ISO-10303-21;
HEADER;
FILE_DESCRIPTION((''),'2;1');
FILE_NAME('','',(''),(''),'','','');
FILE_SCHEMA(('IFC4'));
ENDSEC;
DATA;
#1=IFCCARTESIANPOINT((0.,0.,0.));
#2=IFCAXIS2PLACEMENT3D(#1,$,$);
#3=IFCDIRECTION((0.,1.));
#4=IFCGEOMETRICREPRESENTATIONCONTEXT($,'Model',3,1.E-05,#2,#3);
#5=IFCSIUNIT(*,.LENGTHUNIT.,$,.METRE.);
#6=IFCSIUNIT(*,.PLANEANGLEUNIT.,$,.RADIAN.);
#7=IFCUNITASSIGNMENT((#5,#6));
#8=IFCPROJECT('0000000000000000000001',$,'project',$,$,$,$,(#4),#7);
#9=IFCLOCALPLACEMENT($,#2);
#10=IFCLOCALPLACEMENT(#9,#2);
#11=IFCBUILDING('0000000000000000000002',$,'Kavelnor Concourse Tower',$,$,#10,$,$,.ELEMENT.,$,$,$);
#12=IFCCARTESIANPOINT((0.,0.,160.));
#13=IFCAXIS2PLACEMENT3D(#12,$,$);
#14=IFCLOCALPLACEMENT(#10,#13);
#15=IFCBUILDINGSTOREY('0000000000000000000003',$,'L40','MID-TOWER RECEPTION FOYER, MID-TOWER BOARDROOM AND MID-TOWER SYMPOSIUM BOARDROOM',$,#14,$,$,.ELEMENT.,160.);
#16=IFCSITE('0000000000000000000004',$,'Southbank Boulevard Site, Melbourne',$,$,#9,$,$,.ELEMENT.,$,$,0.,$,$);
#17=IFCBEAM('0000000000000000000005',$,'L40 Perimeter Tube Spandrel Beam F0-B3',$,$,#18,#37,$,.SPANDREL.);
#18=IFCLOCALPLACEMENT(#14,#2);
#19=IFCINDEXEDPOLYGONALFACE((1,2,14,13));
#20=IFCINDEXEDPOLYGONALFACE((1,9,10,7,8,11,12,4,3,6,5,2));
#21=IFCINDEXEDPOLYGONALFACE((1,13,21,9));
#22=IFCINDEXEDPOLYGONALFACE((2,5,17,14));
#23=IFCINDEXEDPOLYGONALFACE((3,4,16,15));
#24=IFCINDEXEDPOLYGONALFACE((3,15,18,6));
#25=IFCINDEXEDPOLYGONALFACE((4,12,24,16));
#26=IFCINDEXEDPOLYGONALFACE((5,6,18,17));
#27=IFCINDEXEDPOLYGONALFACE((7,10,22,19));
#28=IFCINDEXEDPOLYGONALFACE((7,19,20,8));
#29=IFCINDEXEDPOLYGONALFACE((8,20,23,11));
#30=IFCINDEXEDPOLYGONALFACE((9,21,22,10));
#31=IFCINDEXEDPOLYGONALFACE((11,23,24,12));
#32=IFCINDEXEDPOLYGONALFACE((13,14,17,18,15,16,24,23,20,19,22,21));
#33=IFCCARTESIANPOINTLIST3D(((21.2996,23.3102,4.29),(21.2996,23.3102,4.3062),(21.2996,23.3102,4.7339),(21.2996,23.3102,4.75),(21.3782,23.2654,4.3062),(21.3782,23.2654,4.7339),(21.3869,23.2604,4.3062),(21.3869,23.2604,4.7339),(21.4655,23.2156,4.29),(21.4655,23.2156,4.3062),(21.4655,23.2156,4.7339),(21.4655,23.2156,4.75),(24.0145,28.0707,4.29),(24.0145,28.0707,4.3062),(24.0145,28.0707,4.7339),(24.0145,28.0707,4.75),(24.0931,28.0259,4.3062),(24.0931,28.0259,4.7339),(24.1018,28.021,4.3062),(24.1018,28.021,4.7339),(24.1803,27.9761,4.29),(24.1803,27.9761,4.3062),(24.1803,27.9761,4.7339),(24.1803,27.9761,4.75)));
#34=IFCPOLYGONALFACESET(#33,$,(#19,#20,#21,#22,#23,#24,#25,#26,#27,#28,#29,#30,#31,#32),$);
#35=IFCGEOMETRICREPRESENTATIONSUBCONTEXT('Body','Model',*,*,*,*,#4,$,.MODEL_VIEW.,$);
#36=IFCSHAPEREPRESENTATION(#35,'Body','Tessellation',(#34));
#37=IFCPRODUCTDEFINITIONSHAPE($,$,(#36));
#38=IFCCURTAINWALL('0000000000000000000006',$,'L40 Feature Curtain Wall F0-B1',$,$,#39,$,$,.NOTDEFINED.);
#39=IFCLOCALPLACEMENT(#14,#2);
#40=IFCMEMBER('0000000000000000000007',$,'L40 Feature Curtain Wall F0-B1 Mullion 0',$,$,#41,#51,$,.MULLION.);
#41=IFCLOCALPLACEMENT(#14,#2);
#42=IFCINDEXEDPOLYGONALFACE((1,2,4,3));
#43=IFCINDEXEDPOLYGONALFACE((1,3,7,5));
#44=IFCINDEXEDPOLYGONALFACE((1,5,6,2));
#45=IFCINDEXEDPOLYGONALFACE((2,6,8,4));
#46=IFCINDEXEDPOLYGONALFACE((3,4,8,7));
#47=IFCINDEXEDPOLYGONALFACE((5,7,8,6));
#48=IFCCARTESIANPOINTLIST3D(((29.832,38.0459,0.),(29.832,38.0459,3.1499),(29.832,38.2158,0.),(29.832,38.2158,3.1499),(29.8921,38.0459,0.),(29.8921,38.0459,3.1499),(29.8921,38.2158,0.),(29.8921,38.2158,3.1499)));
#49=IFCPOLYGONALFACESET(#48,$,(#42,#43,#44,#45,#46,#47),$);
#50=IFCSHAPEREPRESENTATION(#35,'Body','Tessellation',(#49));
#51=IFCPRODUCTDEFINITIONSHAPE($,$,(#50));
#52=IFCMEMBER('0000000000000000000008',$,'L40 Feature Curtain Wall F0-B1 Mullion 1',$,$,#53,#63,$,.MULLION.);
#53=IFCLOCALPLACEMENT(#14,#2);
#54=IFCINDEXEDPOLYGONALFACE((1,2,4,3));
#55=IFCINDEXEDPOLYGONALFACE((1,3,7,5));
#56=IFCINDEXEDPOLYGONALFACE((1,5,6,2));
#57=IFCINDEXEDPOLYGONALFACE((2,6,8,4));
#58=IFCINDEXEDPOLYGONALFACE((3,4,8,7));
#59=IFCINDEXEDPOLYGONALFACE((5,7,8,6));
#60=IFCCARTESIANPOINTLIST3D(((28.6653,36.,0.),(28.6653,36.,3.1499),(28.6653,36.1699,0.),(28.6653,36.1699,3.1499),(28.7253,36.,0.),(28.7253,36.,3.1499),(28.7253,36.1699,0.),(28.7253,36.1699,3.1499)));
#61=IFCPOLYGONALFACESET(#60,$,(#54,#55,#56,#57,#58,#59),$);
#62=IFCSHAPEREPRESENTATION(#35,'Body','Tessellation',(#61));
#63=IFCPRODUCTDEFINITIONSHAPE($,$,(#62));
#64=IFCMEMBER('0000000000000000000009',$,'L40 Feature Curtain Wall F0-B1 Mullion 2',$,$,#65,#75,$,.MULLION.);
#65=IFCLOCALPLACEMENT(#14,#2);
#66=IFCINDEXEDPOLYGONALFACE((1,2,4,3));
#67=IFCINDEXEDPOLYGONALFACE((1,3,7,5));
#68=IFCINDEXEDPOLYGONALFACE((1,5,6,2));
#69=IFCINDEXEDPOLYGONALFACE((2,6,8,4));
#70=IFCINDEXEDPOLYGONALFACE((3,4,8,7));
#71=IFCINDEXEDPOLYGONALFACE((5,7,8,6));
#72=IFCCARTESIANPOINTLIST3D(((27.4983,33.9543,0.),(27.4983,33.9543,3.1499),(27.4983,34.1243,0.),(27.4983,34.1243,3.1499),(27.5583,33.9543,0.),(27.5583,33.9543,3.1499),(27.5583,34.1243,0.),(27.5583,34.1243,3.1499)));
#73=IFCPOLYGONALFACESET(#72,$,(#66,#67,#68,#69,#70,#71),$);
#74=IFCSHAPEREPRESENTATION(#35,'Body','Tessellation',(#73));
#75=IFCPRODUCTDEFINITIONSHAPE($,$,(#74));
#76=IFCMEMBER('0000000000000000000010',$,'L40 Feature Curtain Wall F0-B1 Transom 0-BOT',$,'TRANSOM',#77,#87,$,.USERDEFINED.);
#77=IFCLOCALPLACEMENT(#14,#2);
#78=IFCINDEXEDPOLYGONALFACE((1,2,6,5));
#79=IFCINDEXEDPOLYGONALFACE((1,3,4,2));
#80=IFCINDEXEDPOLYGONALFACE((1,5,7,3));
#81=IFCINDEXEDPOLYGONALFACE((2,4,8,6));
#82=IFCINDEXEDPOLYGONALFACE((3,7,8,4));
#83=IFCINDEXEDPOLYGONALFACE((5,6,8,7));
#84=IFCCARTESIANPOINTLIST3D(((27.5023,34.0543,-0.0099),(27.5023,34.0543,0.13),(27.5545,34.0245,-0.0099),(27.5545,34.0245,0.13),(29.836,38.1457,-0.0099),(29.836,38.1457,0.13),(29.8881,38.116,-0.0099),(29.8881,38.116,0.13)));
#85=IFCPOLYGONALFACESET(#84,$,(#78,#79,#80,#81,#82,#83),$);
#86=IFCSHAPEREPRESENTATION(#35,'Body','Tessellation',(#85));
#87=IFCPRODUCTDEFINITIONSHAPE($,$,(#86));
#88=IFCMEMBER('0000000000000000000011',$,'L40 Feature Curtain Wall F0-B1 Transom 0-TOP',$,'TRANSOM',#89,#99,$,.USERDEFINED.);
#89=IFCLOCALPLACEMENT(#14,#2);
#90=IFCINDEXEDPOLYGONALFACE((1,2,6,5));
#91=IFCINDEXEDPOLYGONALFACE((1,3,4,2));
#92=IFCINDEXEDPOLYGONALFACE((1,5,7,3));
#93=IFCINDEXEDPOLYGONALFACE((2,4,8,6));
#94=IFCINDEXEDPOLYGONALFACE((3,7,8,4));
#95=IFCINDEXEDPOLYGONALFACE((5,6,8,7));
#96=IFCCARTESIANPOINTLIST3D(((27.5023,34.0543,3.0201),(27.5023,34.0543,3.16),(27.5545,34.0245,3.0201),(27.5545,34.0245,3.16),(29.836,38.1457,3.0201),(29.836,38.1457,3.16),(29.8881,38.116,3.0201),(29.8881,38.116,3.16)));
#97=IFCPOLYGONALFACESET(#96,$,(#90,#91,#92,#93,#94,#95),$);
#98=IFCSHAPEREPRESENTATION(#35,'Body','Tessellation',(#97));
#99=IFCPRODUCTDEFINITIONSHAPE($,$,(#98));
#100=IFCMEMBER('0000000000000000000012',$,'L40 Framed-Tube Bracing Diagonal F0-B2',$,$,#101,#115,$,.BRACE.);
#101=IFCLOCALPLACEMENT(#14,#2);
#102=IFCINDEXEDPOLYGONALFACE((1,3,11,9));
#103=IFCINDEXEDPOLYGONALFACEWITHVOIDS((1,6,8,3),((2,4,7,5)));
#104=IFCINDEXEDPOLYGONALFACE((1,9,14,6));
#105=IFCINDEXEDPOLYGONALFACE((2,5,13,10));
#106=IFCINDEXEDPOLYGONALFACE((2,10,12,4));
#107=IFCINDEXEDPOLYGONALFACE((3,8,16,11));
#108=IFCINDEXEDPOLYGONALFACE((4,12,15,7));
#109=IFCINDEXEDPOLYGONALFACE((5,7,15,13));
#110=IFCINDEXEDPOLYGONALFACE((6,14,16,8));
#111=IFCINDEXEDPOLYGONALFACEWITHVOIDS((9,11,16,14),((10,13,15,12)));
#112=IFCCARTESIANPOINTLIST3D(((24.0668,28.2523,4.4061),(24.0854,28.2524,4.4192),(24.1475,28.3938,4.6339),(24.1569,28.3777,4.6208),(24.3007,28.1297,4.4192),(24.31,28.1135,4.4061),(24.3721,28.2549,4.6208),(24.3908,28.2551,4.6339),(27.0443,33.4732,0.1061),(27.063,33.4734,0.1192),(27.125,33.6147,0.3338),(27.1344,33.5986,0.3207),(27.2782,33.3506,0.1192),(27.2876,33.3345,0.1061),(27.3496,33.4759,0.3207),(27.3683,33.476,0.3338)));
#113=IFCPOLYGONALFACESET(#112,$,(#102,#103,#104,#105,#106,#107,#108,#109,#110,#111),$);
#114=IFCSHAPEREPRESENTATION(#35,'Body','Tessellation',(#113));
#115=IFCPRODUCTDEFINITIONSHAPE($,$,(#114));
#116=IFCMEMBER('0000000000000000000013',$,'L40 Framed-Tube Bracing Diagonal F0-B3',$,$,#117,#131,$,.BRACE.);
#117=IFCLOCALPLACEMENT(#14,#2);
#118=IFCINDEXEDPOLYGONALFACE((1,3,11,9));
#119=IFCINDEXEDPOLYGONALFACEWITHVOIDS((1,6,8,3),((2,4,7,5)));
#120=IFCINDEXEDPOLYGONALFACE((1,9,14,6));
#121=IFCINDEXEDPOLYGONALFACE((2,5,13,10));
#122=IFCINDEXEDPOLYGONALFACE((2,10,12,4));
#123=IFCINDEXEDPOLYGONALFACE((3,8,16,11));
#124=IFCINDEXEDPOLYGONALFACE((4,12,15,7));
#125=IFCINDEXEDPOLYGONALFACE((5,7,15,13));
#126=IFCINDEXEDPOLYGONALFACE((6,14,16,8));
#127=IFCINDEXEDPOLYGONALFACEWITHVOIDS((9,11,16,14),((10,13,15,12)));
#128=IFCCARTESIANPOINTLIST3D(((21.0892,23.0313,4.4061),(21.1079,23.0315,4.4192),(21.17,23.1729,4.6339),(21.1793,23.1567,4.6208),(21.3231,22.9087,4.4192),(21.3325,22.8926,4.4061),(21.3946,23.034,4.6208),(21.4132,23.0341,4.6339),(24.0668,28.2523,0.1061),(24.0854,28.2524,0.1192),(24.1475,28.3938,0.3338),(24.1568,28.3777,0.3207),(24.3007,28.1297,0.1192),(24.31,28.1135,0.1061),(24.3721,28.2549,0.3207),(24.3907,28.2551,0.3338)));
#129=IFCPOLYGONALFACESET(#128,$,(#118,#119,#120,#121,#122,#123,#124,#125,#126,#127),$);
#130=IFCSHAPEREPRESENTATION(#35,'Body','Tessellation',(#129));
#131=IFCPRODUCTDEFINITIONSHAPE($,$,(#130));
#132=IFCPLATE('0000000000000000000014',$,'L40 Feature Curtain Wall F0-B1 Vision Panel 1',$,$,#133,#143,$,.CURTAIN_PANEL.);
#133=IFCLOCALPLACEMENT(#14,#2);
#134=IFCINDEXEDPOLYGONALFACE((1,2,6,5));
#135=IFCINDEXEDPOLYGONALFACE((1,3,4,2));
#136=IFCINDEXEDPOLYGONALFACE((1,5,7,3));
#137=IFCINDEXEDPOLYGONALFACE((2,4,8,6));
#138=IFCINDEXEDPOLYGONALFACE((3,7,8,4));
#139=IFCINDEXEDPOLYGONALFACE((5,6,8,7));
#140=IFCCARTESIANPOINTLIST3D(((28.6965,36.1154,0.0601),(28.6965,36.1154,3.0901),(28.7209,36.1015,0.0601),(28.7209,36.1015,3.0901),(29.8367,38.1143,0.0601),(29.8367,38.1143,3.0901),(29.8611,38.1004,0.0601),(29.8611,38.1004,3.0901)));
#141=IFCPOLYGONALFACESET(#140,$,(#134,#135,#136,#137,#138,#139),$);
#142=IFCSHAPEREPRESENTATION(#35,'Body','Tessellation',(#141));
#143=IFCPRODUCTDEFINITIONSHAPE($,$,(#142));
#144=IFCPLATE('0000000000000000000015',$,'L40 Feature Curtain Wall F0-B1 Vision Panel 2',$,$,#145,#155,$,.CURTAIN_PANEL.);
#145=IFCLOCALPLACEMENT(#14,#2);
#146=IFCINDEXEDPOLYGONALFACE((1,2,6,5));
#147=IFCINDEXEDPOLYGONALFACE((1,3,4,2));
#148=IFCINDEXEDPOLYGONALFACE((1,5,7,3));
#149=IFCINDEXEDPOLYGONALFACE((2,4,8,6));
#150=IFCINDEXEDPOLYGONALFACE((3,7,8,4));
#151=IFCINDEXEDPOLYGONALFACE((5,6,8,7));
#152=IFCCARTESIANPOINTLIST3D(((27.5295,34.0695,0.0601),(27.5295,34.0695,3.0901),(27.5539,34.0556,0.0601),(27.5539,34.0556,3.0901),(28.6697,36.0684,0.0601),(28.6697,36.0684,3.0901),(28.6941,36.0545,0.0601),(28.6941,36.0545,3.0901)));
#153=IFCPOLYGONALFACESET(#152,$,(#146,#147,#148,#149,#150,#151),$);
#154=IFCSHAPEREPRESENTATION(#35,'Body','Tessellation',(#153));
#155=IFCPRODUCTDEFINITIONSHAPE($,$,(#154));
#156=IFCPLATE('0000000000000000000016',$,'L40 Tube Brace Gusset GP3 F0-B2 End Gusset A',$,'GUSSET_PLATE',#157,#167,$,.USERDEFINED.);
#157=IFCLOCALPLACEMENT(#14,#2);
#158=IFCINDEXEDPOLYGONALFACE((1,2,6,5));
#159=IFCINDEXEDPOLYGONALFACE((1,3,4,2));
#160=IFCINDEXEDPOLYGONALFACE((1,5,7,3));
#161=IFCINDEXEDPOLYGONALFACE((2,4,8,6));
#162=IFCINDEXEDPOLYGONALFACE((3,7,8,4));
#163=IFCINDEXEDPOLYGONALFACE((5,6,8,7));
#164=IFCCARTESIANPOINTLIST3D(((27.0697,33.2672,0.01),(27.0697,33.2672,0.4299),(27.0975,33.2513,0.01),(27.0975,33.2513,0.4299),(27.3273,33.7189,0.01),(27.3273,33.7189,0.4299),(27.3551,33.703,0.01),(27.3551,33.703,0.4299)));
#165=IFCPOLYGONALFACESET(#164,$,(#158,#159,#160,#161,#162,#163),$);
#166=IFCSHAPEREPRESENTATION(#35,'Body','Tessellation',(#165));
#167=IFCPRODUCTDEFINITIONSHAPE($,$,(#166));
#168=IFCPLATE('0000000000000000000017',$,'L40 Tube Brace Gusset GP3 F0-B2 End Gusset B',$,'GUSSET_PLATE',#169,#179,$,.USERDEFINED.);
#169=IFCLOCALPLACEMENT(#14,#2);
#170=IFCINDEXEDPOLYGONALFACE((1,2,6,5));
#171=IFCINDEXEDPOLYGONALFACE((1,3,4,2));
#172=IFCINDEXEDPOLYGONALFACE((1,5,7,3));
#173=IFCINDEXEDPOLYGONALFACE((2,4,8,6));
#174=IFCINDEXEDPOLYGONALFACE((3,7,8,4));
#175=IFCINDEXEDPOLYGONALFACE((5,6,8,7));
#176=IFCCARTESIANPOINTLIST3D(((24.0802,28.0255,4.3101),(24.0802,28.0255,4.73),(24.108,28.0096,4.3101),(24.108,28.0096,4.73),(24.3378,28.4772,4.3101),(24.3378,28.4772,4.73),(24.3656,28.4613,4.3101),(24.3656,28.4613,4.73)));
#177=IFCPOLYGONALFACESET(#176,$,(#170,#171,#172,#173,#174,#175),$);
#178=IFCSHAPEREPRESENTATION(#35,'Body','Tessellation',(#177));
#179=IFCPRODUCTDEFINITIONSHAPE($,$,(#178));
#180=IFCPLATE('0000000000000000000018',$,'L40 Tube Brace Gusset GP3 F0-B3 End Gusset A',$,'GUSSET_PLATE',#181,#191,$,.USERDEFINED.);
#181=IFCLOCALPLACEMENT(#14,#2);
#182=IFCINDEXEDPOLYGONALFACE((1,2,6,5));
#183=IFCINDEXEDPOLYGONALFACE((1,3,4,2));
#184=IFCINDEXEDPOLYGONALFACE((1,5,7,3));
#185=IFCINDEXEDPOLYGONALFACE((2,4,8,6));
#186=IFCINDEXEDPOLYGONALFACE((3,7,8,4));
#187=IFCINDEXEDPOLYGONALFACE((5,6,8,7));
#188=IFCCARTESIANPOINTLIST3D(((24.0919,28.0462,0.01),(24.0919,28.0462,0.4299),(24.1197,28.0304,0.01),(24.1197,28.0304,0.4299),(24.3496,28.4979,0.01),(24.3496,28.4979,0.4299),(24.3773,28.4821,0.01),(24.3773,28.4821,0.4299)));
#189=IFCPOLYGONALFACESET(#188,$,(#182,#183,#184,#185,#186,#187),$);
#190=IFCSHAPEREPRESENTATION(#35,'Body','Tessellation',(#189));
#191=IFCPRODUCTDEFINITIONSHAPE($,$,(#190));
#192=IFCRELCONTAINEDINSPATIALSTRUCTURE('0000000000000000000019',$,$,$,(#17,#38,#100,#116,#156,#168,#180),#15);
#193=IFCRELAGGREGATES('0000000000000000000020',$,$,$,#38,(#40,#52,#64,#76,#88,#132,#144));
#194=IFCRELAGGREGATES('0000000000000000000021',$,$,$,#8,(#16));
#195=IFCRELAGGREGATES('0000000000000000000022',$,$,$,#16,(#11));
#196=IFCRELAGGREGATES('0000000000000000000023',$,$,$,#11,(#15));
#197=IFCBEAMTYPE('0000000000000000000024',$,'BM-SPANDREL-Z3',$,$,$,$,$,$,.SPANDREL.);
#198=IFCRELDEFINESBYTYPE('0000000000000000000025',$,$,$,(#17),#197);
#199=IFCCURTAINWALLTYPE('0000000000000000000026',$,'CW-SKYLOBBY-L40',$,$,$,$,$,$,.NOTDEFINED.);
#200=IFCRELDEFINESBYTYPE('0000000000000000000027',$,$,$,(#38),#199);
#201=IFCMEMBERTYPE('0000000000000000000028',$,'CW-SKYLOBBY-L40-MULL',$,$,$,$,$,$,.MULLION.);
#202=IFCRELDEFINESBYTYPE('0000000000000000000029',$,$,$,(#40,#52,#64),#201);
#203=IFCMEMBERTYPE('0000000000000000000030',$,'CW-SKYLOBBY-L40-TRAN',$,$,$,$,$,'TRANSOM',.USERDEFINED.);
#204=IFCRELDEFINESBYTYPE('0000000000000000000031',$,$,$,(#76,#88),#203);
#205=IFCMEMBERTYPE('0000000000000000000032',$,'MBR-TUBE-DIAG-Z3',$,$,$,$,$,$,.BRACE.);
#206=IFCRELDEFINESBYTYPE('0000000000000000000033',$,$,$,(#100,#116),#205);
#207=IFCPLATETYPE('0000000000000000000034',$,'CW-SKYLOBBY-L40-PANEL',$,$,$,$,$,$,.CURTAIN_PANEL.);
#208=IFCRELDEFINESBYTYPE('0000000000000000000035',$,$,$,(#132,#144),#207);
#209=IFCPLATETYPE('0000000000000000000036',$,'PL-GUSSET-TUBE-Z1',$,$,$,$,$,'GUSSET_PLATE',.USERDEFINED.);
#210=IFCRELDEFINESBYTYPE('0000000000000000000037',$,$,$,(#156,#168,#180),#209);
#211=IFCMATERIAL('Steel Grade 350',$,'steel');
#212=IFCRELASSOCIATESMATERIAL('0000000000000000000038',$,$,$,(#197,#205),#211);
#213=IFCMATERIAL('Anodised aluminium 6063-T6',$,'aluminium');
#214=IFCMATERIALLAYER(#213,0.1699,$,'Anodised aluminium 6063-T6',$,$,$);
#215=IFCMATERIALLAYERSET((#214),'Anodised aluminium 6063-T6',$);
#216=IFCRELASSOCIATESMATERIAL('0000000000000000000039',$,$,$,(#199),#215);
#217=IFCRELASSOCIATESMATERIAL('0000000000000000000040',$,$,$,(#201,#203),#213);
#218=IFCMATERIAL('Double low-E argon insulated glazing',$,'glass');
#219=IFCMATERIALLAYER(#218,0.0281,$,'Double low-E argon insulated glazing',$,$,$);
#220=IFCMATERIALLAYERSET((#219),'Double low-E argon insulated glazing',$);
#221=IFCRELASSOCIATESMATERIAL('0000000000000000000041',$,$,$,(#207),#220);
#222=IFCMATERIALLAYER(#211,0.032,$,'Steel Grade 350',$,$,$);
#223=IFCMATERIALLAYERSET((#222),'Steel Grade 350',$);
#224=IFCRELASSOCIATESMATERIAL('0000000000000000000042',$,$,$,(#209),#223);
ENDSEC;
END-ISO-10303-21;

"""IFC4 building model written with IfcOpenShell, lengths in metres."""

from ifc_helpers import new_model, si_unit, direction, frame, origin, origin_2d, place, context, subcontext, project, spatial, rectangle, hollow_rectangle, i_section, extrude, material, layer, layer_set, material_profile, profile_set, type_object, element, aggregate, save


model = new_model("IFC4")

# Units and contexts
model_context = context("Model", 3, precision=1e-05, world=origin(), true_north=direction((0.0, 1.0)))
body_context = subcontext(model_context, "Body", "Model", "MODEL_VIEW")
ifc_project = project(units=[si_unit("LENGTHUNIT", "METRE"), si_unit("PLANEANGLEUNIT", "RADIAN")], contexts=[model_context])

# Site, building, storey
site_placement = place(None, origin())
site = spatial("IfcSite", under=ifc_project, at=site_placement, Name="Southbank Boulevard Site, Melbourne", CompositionType="ELEMENT", RefElevation=0.0)
building_placement = place(site_placement, origin())
building = spatial("IfcBuilding", under=site, at=building_placement, Name="Kavelnor Concourse Tower", CompositionType="ELEMENT")
storey_placement = place(building_placement, frame((0.0, 0.0, 160.0)))
storey = spatial("IfcBuildingStorey", under=building, at=storey_placement, Name="L40", Description="MID-TOWER RECEPTION FOYER, MID-TOWER BOARDROOM AND MID-TOWER SYMPOSIUM BOARDROOM", CompositionType="ELEMENT", Elevation=160.0)

# Shared definitions
ifc_material_1 = material(Name="Steel Grade 350", Category="steel")

# Beam
ifc_material_profile_1 = material_profile(ifc_material_1, i_section(OverallWidth=0.1909, OverallDepth=0.46, WebThickness=0.01, FlangeThickness=0.0161, at=origin_2d()), Name="460UB82")
ifc_profile_set_1 = profile_set([ifc_material_profile_1], Name="Steel Grade 350")
beam_type_1 = type_object("IfcBeamType", Name="BM-SPANDREL-Z3", PredefinedType="SPANDREL", material=ifc_profile_set_1)
for number, where, z_axis, x_axis, name in (
    (1, (24.0974, 28.0234, 4.52), (-0.49539, -0.86867, 0.0), (0.86867, -0.49539, 0.0), "L40 Perimeter Tube Spandrel Beam F0-B3"),
):
    element("IfcBeam", number, at=place(storey_placement, frame(where, z_axis=z_axis, x_axis=x_axis)), inside=storey, type_object=beam_type_1, Name=name, PredefinedType="SPANDREL", context=body_context, shape_type="SweptSolid", body=[
        extrude(i_section(OverallWidth=0.1909, OverallDepth=0.46, WebThickness=0.01, FlangeThickness=0.0161, at=origin_2d()), origin(), (0.0, 0.0, 1.0), 5.4802),
    ])

# Curtain wall, members
ifc_material_2 = material(Name="Anodised aluminium 6063-T6", Category="aluminium")
ifc_layer_1 = layer(ifc_material_2, 0.1699, Name="Anodised aluminium 6063-T6")
ifc_layer_set_1 = layer_set([ifc_layer_1], Name="Anodised aluminium 6063-T6")
curtain_wall_type = type_object("IfcCurtainWallType", Name="CW-SKYLOBBY-L40", PredefinedType="NOTDEFINED", material=ifc_layer_set_1)
curtain_wall_placement = place(storey_placement, origin())
curtain_wall = element("IfcCurtainWall", 2, at=curtain_wall_placement, inside=storey, type_object=curtain_wall_type, Name="L40 Feature Curtain Wall F0-B1", PredefinedType="NOTDEFINED")
ifc_material_profile_2 = material_profile(ifc_material_2, rectangle(XDim=0.0601, YDim=0.1699, at=origin_2d()), Name="AL-MULL 60x170")
ifc_profile_set_2 = profile_set([ifc_material_profile_2], Name="Anodised aluminium 6063-T6")
member_type_1 = type_object("IfcMemberType", Name="CW-SKYLOBBY-L40-MULL", PredefinedType="MULLION", material=ifc_profile_set_2)
member_1_placement = place(storey_placement, frame((29.8621, 38.1309, 0.0), z_axis=(0.0, 0.0, 1.0), x_axis=(1.0, 0.0, 0.0)))
member_1 = element("IfcMember", 3, at=member_1_placement, type_object=member_type_1, Name="L40 Feature Curtain Wall F0-B1 Mullion 0", PredefinedType="MULLION", context=body_context, shape_type="SweptSolid", body=[
    extrude(rectangle(XDim=0.0601, YDim=0.1699, at=origin_2d()), origin(), (0.0, 0.0, 1.0), 3.1499),
])
member_2_placement = place(storey_placement, frame((28.6953, 36.085, 0.0), z_axis=(0.0, 0.0, 1.0), x_axis=(1.0, 0.0, 0.0)))
member_2 = element("IfcMember", 4, at=member_2_placement, type_object=member_type_1, Name="L40 Feature Curtain Wall F0-B1 Mullion 1", PredefinedType="MULLION", context=body_context, shape_type="SweptSolid", body=[
    extrude(rectangle(XDim=0.0601, YDim=0.1699, at=origin_2d()), origin(), (0.0, 0.0, 1.0), 3.1499),
])
member_3_placement = place(storey_placement, frame((27.5283, 34.0393, 0.0), z_axis=(0.0, 0.0, 1.0), x_axis=(1.0, 0.0, 0.0)))
member_3 = element("IfcMember", 5, at=member_3_placement, type_object=member_type_1, Name="L40 Feature Curtain Wall F0-B1 Mullion 2", PredefinedType="MULLION", context=body_context, shape_type="SweptSolid", body=[
    extrude(rectangle(XDim=0.0601, YDim=0.1699, at=origin_2d()), origin(), (0.0, 0.0, 1.0), 3.1499),
])
ifc_material_profile_3 = material_profile(ifc_material_2, rectangle(XDim=0.0601, YDim=0.1399, at=origin_2d()), Name="AL-TRAN 60x140")
ifc_profile_set_3 = profile_set([ifc_material_profile_3], Name="Anodised aluminium 6063-T6")
member_type_2 = type_object("IfcMemberType", Name="CW-SKYLOBBY-L40-TRAN", ElementType="TRANSOM", PredefinedType="USERDEFINED", material=ifc_profile_set_3)
member_4_placement = place(storey_placement, frame((29.8621, 38.1309, 0.0601), z_axis=(-0.495452, -0.868635, 0.0), x_axis=(0.868635, -0.495452, 0.0)))
member_4 = element("IfcMember", 6, at=member_4_placement, type_object=member_type_2, Name="L40 Feature Curtain Wall F0-B1 Transom 0-BOT", ObjectType="TRANSOM", PredefinedType="USERDEFINED", context=body_context, shape_type="SweptSolid", body=[
    extrude(rectangle(XDim=0.0601, YDim=0.1399, at=origin_2d()), origin(), (0.0, 0.0, 1.0), 4.7102),
])
member_5_placement = place(storey_placement, frame((29.8621, 38.1309, 3.0901), z_axis=(-0.495452, -0.868635, 0.0), x_axis=(0.868635, -0.495452, 0.0)))
member_5 = element("IfcMember", 7, at=member_5_placement, type_object=member_type_2, Name="L40 Feature Curtain Wall F0-B1 Transom 0-TOP", ObjectType="TRANSOM", PredefinedType="USERDEFINED", context=body_context, shape_type="SweptSolid", body=[
    extrude(rectangle(XDim=0.0601, YDim=0.1399, at=origin_2d()), origin(), (0.0, 0.0, 1.0), 4.7102),
])

# Members
ifc_material_profile_4 = material_profile(ifc_material_1, hollow_rectangle(XDim=0.28, YDim=0.28, WallThickness=0.0161, at=origin_2d()), Name="SHS 280x280x16")
ifc_profile_set_4 = profile_set([ifc_material_profile_4], Name="Steel Grade 350")
member_type_3 = type_object("IfcMemberType", Name="MBR-TUBE-DIAG-Z3", PredefinedType="BRACE", material=ifc_profile_set_4)
for number, where, z_axis, x_axis, name in (
    (8, (27.2063, 33.4746, 0.22), (-0.402906, -0.706473, 0.581861), (0.868663, -0.495404, 0.0), "L40 Framed-Tube Bracing Diagonal F0-B2"),
    (9, (24.2288, 28.2537, 0.22), (-0.402906, -0.706473, 0.581861), (0.868663, -0.495404, 0.0), "L40 Framed-Tube Bracing Diagonal F0-B3"),
):
    element("IfcMember", number, at=place(storey_placement, frame(where, z_axis=z_axis, x_axis=x_axis)), inside=storey, type_object=member_type_3, Name=name, PredefinedType="BRACE", context=body_context, shape_type="SweptSolid", body=[
        extrude(hollow_rectangle(XDim=0.28, YDim=0.28, WallThickness=0.0161, at=origin_2d()), origin(), (0.0, 0.0, 1.0), 7.3901),
    ])

# Plates
ifc_material_3 = material(Name="Double low-E argon insulated glazing", Category="glass")
ifc_layer_2 = layer(ifc_material_3, 0.0281, Name="Double low-E argon insulated glazing")
ifc_layer_set_2 = layer_set([ifc_layer_2], Name="Double low-E argon insulated glazing")
plate_type_1 = type_object("IfcPlateType", Name="CW-SKYLOBBY-L40-PANEL", PredefinedType="CURTAIN_PANEL", material=ifc_layer_set_2)
plate_1_placement = place(storey_placement, frame((29.2788, 37.1079, 0.0601), z_axis=(0.0, 0.0, 1.0), x_axis=(-0.495459, -0.868632, 0.0)))
plate_1 = element("IfcPlate", 10, at=plate_1_placement, type_object=plate_type_1, Name="L40 Feature Curtain Wall F0-B1 Vision Panel 1", PredefinedType="CURTAIN_PANEL", context=body_context, shape_type="SweptSolid", body=[
    extrude(rectangle(XDim=2.3013, YDim=0.0281, at=origin_2d()), origin(), (0.0, 0.0, 1.0), 3.03),
])
plate_2_placement = place(storey_placement, frame((28.1118, 35.062, 0.0601), z_axis=(0.0, 0.0, 1.0), x_axis=(-0.495459, -0.868632, 0.0)))
plate_2 = element("IfcPlate", 11, at=plate_2_placement, type_object=plate_type_1, Name="L40 Feature Curtain Wall F0-B1 Vision Panel 2", PredefinedType="CURTAIN_PANEL", context=body_context, shape_type="SweptSolid", body=[
    extrude(rectangle(XDim=2.3013, YDim=0.0281, at=origin_2d()), origin(), (0.0, 0.0, 1.0), 3.03),
])
aggregate(curtain_wall, [member_1, member_2, member_3, member_4, member_5, plate_1, plate_2])

# Plates
ifc_layer_3 = layer(ifc_material_1, 0.032, Name="Steel Grade 350")
ifc_layer_set_3 = layer_set([ifc_layer_3], Name="Steel Grade 350")
plate_type_2 = type_object("IfcPlateType", Name="PL-GUSSET-TUBE-Z1", ElementType="GUSSET_PLATE", PredefinedType="USERDEFINED", material=ifc_layer_set_3)
for number, where, z_axis, x_axis, name in (
    (12, (27.2124, 33.4851, 0.01), (0.0, 0.0, 1.0), (-0.495459, -0.868632, 0.0), "L40 Tube Brace Gusset GP3 F0-B2 End Gusset A"),
    (13, (24.2229, 28.2434, 4.3101), (0.0, 0.0, 1.0), (-0.495459, -0.868632, 0.0), "L40 Tube Brace Gusset GP3 F0-B2 End Gusset B"),
    (14, (24.2346, 28.2642, 0.01), (0.0, 0.0, 1.0), (-0.495459, -0.868632, 0.0), "L40 Tube Brace Gusset GP3 F0-B3 End Gusset A"),
):
    element("IfcPlate", number, at=place(storey_placement, frame(where, z_axis=z_axis, x_axis=x_axis)), inside=storey, type_object=plate_type_2, Name=name, ObjectType="GUSSET_PLATE", PredefinedType="USERDEFINED", context=body_context, shape_type="SweptSolid", body=[
        extrude(rectangle(XDim=0.52, YDim=0.032, at=origin_2d()), origin(), (0.0, 0.0, 1.0), 0.4199),
    ])

save(model, "model.ifc")
